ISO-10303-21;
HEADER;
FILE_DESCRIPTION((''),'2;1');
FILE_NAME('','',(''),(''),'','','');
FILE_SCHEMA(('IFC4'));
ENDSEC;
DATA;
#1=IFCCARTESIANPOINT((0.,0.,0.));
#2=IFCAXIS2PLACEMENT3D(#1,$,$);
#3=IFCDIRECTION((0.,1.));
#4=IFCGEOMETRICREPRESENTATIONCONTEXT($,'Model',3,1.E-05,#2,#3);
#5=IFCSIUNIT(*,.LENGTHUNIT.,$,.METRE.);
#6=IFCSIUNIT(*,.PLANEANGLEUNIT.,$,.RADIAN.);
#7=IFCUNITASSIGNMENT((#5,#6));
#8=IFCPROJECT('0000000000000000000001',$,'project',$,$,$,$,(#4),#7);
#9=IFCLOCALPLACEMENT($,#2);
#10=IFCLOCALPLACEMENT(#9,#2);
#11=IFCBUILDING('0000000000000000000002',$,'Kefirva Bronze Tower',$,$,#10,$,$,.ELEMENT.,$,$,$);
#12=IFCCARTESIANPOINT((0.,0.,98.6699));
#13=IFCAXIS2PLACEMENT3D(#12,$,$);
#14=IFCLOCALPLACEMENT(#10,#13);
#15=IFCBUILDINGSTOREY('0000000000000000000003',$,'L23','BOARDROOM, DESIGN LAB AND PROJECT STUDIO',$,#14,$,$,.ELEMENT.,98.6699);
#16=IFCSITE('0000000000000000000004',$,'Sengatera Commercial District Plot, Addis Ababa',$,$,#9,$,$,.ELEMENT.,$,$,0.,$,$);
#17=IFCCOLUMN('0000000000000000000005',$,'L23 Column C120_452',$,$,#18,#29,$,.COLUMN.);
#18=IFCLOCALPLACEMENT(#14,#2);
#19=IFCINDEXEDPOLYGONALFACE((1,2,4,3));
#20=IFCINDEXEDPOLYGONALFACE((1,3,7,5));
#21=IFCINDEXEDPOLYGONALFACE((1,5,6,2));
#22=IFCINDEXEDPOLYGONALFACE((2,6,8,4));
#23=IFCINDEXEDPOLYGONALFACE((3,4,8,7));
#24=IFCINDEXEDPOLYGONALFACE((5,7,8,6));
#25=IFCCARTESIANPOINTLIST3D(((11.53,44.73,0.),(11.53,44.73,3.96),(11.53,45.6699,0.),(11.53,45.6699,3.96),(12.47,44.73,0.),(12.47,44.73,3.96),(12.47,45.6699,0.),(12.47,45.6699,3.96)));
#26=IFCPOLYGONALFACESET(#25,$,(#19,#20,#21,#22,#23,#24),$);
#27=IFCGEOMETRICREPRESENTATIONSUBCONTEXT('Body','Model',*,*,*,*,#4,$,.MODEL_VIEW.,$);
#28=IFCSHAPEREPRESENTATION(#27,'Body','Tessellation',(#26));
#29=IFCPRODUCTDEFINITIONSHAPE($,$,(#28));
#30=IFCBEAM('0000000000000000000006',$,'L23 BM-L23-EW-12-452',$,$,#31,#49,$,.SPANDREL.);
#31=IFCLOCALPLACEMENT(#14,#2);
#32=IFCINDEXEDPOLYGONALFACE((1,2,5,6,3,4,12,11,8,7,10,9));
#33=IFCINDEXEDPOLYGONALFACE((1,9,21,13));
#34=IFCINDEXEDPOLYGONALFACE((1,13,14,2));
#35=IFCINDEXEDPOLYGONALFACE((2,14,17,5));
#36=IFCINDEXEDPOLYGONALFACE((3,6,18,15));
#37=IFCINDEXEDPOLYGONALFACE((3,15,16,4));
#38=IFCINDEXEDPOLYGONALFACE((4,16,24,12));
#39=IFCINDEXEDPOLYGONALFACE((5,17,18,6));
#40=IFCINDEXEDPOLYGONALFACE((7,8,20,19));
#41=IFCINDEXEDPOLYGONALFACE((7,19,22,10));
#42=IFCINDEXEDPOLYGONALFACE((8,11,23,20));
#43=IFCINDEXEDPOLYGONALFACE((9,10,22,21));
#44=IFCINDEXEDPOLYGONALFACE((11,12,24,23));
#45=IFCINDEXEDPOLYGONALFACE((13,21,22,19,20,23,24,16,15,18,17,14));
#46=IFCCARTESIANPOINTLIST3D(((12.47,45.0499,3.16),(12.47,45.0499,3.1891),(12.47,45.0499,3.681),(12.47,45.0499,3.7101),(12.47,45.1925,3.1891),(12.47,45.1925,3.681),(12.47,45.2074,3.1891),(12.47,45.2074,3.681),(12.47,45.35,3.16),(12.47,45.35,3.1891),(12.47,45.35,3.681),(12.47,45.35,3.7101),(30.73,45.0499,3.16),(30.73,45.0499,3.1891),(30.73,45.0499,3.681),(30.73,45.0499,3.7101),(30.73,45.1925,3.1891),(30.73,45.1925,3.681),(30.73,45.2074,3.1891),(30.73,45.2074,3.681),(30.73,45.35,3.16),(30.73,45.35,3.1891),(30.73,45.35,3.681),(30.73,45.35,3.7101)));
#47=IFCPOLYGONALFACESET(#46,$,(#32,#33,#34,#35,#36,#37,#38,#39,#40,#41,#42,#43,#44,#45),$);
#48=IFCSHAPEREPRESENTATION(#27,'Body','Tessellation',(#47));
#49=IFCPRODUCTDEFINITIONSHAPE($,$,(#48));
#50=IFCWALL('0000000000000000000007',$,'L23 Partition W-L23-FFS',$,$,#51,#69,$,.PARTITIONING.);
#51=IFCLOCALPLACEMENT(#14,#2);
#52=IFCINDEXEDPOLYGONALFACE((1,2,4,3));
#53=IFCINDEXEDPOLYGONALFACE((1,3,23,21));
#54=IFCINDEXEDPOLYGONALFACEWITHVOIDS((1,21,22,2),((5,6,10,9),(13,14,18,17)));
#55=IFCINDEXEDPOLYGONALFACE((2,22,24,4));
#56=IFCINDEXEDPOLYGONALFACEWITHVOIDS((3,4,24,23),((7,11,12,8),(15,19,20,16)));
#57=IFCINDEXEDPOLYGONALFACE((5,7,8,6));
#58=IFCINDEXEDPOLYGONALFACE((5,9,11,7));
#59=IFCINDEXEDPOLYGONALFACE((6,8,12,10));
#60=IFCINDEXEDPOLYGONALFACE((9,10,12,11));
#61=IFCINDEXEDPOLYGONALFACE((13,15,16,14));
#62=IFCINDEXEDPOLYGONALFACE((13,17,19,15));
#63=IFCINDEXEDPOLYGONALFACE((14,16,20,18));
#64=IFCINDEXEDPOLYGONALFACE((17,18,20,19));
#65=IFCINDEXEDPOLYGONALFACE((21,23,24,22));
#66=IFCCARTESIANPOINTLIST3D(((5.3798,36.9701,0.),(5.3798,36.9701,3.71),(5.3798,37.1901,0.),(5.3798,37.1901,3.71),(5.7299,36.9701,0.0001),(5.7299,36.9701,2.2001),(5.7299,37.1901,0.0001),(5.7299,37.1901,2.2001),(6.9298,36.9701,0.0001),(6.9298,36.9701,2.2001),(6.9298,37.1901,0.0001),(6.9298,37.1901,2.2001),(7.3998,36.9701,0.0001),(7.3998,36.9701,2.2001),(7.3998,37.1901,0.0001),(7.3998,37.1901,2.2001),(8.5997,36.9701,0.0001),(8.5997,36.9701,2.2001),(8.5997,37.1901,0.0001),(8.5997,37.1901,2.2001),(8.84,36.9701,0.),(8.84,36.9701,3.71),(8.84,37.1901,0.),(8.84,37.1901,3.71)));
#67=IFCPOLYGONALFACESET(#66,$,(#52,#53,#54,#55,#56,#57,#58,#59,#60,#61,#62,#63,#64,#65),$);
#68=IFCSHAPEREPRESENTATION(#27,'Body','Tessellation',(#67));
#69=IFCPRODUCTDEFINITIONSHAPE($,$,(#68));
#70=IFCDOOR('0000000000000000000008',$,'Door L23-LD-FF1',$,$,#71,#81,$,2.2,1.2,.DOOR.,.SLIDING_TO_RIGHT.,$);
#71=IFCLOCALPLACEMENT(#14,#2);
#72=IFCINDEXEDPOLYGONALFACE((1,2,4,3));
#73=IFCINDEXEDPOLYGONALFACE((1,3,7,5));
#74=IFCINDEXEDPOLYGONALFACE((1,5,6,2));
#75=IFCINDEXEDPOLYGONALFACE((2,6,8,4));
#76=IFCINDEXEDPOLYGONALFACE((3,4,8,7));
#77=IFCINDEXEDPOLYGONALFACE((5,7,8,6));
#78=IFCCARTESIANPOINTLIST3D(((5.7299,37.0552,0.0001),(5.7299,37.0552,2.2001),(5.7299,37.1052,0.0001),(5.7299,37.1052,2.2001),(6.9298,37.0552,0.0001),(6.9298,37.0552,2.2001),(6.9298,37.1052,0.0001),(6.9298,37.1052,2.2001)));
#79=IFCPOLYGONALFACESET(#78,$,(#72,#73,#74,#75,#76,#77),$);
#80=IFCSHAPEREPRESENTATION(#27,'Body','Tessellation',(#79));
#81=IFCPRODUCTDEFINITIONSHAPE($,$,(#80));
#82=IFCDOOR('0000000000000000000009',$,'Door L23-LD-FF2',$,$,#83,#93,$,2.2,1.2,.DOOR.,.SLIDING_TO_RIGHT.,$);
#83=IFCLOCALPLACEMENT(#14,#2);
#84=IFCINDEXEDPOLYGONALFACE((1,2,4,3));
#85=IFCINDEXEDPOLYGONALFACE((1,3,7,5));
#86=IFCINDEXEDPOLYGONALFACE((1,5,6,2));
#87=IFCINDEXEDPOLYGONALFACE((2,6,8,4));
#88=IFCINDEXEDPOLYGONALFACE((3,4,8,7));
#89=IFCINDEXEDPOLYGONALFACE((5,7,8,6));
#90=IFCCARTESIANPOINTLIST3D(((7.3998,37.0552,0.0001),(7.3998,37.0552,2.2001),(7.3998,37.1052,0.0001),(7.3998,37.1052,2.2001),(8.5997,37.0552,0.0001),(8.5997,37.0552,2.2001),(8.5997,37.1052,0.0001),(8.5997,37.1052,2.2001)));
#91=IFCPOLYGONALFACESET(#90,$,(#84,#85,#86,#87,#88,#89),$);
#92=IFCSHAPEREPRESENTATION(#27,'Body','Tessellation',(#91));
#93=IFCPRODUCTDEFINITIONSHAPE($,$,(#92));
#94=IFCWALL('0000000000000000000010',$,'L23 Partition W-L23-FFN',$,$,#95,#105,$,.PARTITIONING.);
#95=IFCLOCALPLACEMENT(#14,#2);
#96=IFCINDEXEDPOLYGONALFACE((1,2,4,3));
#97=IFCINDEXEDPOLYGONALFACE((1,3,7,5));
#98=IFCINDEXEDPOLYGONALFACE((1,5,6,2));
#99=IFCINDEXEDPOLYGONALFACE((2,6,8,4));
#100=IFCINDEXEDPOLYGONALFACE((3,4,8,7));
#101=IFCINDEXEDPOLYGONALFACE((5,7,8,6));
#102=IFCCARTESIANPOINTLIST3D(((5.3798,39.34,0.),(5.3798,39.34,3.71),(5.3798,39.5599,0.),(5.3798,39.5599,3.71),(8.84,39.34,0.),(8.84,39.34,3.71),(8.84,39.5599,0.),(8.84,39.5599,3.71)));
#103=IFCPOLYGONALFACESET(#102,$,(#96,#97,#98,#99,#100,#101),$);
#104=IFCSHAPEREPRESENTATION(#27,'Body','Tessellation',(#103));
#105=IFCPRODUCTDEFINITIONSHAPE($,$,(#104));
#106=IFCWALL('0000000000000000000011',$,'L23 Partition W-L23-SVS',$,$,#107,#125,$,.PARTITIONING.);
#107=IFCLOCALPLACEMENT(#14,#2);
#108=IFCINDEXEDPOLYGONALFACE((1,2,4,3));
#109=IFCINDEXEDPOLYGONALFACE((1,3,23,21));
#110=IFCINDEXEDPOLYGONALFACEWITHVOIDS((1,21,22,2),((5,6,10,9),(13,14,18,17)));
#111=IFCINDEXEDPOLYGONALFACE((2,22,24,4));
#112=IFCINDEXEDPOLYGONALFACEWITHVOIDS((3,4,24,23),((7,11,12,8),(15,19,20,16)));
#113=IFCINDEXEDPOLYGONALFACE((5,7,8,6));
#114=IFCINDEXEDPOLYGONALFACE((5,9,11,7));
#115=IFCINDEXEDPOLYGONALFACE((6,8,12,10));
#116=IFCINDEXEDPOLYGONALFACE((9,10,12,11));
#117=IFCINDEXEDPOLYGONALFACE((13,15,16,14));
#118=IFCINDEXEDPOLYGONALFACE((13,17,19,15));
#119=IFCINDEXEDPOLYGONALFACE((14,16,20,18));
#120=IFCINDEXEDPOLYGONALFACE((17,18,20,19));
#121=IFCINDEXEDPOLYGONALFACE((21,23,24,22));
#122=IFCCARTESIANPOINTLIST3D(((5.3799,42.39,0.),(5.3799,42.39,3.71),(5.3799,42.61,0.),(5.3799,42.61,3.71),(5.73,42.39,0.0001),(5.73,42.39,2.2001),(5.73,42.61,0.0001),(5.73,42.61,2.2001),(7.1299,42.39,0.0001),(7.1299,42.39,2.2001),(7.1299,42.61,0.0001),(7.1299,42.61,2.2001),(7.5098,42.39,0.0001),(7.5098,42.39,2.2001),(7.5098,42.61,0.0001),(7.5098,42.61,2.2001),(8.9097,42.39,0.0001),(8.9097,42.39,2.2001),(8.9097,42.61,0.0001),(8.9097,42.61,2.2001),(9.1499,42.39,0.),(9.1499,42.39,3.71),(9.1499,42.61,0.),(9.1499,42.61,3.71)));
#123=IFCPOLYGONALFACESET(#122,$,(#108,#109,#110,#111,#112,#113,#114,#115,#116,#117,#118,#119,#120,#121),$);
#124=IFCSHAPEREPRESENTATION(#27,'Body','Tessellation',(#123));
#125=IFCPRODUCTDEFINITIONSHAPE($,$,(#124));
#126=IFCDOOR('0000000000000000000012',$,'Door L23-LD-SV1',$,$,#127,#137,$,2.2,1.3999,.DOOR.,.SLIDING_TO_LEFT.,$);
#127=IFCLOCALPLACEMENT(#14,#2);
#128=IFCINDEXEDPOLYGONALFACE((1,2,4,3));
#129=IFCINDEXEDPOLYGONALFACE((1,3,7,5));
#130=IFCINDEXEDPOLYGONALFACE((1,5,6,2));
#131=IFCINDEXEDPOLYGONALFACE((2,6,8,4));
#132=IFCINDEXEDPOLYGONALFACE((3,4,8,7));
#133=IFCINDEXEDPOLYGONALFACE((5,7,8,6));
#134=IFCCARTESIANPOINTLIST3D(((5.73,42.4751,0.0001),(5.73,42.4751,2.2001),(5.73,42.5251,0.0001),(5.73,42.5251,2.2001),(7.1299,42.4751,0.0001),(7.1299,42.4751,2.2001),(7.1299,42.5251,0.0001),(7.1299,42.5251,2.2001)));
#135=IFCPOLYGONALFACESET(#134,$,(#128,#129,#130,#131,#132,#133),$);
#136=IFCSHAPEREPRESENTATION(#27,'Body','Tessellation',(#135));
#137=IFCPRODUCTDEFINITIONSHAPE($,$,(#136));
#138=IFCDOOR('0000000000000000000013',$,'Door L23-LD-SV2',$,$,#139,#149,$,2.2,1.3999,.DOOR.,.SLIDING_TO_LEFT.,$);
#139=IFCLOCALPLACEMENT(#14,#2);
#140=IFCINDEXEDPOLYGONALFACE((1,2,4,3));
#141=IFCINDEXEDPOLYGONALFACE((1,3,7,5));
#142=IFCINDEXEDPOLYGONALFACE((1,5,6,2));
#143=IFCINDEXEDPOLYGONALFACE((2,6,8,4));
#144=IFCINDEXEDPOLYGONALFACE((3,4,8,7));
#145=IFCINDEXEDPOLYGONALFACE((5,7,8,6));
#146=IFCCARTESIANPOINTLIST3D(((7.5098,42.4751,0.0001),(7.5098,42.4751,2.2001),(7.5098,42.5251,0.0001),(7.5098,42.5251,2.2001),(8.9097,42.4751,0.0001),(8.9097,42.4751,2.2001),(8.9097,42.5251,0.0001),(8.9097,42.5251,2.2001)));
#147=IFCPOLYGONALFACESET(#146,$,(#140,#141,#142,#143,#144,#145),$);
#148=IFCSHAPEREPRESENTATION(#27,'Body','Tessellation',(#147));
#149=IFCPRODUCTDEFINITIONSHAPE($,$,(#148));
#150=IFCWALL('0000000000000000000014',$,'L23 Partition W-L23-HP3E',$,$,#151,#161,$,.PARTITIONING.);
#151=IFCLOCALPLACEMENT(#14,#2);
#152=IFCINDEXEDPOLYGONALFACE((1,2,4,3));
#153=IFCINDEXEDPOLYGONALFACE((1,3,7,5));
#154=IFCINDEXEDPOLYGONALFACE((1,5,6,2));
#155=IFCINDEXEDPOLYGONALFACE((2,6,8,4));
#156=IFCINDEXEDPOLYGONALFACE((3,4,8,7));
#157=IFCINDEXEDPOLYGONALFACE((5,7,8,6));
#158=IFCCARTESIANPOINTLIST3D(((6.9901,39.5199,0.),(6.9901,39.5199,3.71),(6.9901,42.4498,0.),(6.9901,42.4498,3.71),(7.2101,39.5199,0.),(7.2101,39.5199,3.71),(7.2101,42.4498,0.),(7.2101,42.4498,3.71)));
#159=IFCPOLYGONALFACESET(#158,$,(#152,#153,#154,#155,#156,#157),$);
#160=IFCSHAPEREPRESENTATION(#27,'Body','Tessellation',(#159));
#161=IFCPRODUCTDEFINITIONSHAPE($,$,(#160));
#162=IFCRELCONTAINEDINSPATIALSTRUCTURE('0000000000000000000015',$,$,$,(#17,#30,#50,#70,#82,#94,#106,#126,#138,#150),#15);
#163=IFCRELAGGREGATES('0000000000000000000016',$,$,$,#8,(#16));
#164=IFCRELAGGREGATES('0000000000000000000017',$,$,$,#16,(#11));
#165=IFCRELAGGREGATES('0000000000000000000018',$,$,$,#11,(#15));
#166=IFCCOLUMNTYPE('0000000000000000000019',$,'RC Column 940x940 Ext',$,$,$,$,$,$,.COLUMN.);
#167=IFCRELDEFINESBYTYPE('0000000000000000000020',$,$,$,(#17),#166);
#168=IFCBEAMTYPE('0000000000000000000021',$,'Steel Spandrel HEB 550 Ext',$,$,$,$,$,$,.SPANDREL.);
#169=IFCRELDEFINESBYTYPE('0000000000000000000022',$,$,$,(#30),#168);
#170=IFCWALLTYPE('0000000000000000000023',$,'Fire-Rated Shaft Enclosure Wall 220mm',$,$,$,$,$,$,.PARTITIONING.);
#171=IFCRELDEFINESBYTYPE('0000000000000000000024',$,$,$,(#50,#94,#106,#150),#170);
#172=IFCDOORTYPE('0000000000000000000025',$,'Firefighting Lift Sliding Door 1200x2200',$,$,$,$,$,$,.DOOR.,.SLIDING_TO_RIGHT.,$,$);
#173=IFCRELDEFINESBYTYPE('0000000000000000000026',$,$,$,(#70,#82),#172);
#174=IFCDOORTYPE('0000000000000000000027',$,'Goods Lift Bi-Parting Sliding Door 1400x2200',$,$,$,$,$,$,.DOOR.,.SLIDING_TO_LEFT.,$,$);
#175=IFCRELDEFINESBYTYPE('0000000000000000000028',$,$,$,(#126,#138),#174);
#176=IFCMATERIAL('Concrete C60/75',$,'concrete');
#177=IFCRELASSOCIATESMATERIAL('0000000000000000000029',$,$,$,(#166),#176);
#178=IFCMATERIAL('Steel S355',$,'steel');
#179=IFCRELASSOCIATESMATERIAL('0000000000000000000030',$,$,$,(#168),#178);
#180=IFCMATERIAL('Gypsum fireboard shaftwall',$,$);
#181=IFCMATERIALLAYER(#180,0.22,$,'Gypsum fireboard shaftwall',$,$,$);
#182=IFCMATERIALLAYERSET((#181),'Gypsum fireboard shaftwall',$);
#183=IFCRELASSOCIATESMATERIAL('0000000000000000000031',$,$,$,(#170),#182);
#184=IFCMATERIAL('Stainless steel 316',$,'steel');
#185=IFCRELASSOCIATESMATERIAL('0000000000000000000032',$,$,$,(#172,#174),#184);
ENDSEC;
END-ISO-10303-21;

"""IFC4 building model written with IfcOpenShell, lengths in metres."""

from ifc_helpers import new_model, si_unit, direction, frame, frame_2d, origin, origin_2d, place, context, subcontext, project, spatial, rectangle, i_section, extrude, material, layer, layer_set, material_profile, profile_set, type_object, element, fill, save


model = new_model("IFC4")

# Units and contexts
model_context = context("Model", 3, precision=1e-05, world=origin(), true_north=direction((0.0, 1.0)))
body_context = subcontext(model_context, "Body", "Model", "MODEL_VIEW")
ifc_project = project(units=[si_unit("LENGTHUNIT", "METRE"), si_unit("PLANEANGLEUNIT", "RADIAN")], contexts=[model_context])

# Site, building, storey
site_placement = place(None, origin())
site = spatial("IfcSite", under=ifc_project, at=site_placement, Name="Sengatera Commercial District Plot, Addis Ababa", CompositionType="ELEMENT", RefElevation=0.0)
building_placement = place(site_placement, origin())
building = spatial("IfcBuilding", under=site, at=building_placement, Name="Kefirva Bronze Tower", CompositionType="ELEMENT")
storey_placement = place(building_placement, frame((0.0, 0.0, 98.6699)))
storey = spatial("IfcBuildingStorey", under=building, at=storey_placement, Name="L23", Description="BOARDROOM, DESIGN LAB AND PROJECT STUDIO", CompositionType="ELEMENT", Elevation=98.6699)

# Column
ifc_material_1 = material(Name="Concrete C60/75", Category="concrete")
ifc_material_profile_1 = material_profile(ifc_material_1, rectangle(XDim=0.9399, YDim=0.9399, at=origin_2d()), Name="RC 940x940")
ifc_profile_set_1 = profile_set([ifc_material_profile_1], Name="Concrete C60/75")
column_type = type_object("IfcColumnType", Name="RC Column 940x940 Ext", PredefinedType="COLUMN", material=ifc_profile_set_1)
column_placement = place(storey_placement, frame((12.0, 45.2, 0.0), z_axis=(0.0, 0.0, 1.0), x_axis=(1.0, 0.0, 0.0)))
element("IfcColumn", 1, at=column_placement, inside=storey, type_object=column_type, Name="L23 Column C120_452", PredefinedType="COLUMN", context=body_context, shape_type="SweptSolid", body=[
    extrude(rectangle(XDim=0.9399, YDim=0.9399, at=origin_2d()), origin(), (0.0, 0.0, 1.0), 3.96),
])

# Beam
ifc_material_2 = material(Name="Steel S355", Category="steel")
ifc_material_profile_2 = material_profile(ifc_material_2, i_section(OverallWidth=0.3, OverallDepth=0.55, WebThickness=0.0149, FlangeThickness=0.0291, at=origin_2d()), Name="HEB 550")
ifc_profile_set_2 = profile_set([ifc_material_profile_2], Name="Steel S355")
beam_type = type_object("IfcBeamType", Name="Steel Spandrel HEB 550 Ext", PredefinedType="SPANDREL", material=ifc_profile_set_2)
beam_placement = place(storey_placement, frame((12.47, 45.2, 3.4351), z_axis=(1.0, 0.0, 0.0), x_axis=(0.0, 1.0, 0.0)))
element("IfcBeam", 2, at=beam_placement, inside=storey, type_object=beam_type, Name="L23 BM-L23-EW-12-452", PredefinedType="SPANDREL", context=body_context, shape_type="SweptSolid", body=[
    extrude(i_section(OverallWidth=0.3, OverallDepth=0.55, WebThickness=0.0149, FlangeThickness=0.0291, at=origin_2d()), origin(), (0.0, 0.0, 1.0), 18.26),
])

# Wall, openings, doors
ifc_material_3 = material(Name="Gypsum fireboard shaftwall")
ifc_layer_1 = layer(ifc_material_3, 0.22, Name="Gypsum fireboard shaftwall")
ifc_layer_set_1 = layer_set([ifc_layer_1], Name="Gypsum fireboard shaftwall")
wall_type_1 = type_object("IfcWallType", Name="Fire-Rated Shaft Enclosure Wall 220mm", PredefinedType="PARTITIONING", material=ifc_layer_set_1)
wall_1_placement = place(storey_placement, frame((5.3799, 37.0801, 0.0), z_axis=(0.0, 0.0, 1.0), x_axis=(1.0, 0.0, 0.0)))
wall_1 = element("IfcWall", 3, at=wall_1_placement, inside=storey, type_object=wall_type_1, Name="L23 Partition W-L23-FFS", PredefinedType="PARTITIONING", context=body_context, shape_type="SweptSolid", body=[
    extrude(rectangle(XDim=3.4602, YDim=0.22, at=frame_2d((1.73, 0.0))), origin(), (0.0, 0.0, 1.0), 3.71),
])
opening_1_placement = place(wall_1_placement, frame((1.55, 0.0, 0.0), z_axis=(0.0, 0.0, 1.0), x_axis=(-1.0, 0.0, 0.0)))
opening_1 = element("IfcOpeningElement", 4, at=opening_1_placement, cuts=wall_1, PredefinedType="OPENING", context=body_context, shape_type="SweptSolid", body=[
    extrude(rectangle(XDim=1.2, YDim=2.2, at=frame_2d((0.6001, 1.1001))), frame((0.0, 0.1201, 0.0), z_axis=(0.0, -1.0, 0.0), x_axis=(1.0, 0.0, 0.0)), (0.0, 0.0, 1.0), 0.24),
])
opening_2_placement = place(wall_1_placement, frame((3.22, 0.0, 0.0), z_axis=(0.0, 0.0, 1.0), x_axis=(-1.0, 0.0, 0.0)))
opening_2 = element("IfcOpeningElement", 5, at=opening_2_placement, cuts=wall_1, PredefinedType="OPENING", context=body_context, shape_type="SweptSolid", body=[
    extrude(rectangle(XDim=1.2, YDim=2.2, at=frame_2d((0.6001, 1.1001))), frame((0.0, 0.1201, 0.0), z_axis=(0.0, -1.0, 0.0), x_axis=(1.0, 0.0, 0.0)), (0.0, 0.0, 1.0), 0.24),
])
ifc_material_4 = material(Name="Stainless steel 316", Category="steel")
door_type_1 = type_object("IfcDoorType", Name="Firefighting Lift Sliding Door 1200x2200", OperationType="SLIDING_TO_RIGHT", PredefinedType="DOOR", material=ifc_material_4)
door_1_placement = place(opening_1_placement, origin())
door_1 = element("IfcDoor", 6, at=door_1_placement, inside=storey, type_object=door_type_1, Name="Door L23-LD-FF1", OperationType="SLIDING_TO_RIGHT", OverallHeight=2.2, OverallWidth=1.2, PredefinedType="DOOR", context=body_context, shape_type="SweptSolid", body=[
    extrude(rectangle(XDim=1.2, YDim=2.2, at=frame_2d((0.6001, 1.1001))), frame((0.0, 0.0249, 0.0), z_axis=(0.0, -1.0, 0.0), x_axis=(1.0, 0.0, 0.0)), (0.0, 0.0, 1.0), 0.05),
])
fill(opening_1, door_1)
door_2_placement = place(opening_2_placement, origin())
door_2 = element("IfcDoor", 7, at=door_2_placement, inside=storey, type_object=door_type_1, Name="Door L23-LD-FF2", OperationType="SLIDING_TO_RIGHT", OverallHeight=2.2, OverallWidth=1.2, PredefinedType="DOOR", context=body_context, shape_type="SweptSolid", body=[
    extrude(rectangle(XDim=1.2, YDim=2.2, at=frame_2d((0.6001, 1.1001))), frame((0.0, 0.0249, 0.0), z_axis=(0.0, -1.0, 0.0), x_axis=(1.0, 0.0, 0.0)), (0.0, 0.0, 1.0), 0.05),
])
fill(opening_2, door_2)

# Wall
wall_2_placement = place(storey_placement, frame((5.3799, 39.45, 0.0), z_axis=(0.0, 0.0, 1.0), x_axis=(1.0, 0.0, 0.0)))
element("IfcWall", 8, at=wall_2_placement, inside=storey, type_object=wall_type_1, Name="L23 Partition W-L23-FFN", PredefinedType="PARTITIONING", context=body_context, shape_type="SweptSolid", body=[
    extrude(rectangle(XDim=3.4602, YDim=0.22, at=frame_2d((1.73, 0.0))), origin(), (0.0, 0.0, 1.0), 3.71),
])

# Wall, openings, doors
wall_3_placement = place(storey_placement, frame((5.3799, 42.5, 0.0), z_axis=(0.0, 0.0, 1.0), x_axis=(1.0, 0.0, 0.0)))
wall_3 = element("IfcWall", 9, at=wall_3_placement, inside=storey, type_object=wall_type_1, Name="L23 Partition W-L23-SVS", PredefinedType="PARTITIONING", context=body_context, shape_type="SweptSolid", body=[
    extrude(rectangle(XDim=3.77, YDim=0.22, at=frame_2d((1.885, 0.0))), origin(), (0.0, 0.0, 1.0), 3.71),
])
opening_3_placement = place(wall_3_placement, frame((1.75, 0.0, 0.0), z_axis=(0.0, 0.0, 1.0), x_axis=(-1.0, 0.0, 0.0)))
opening_3 = element("IfcOpeningElement", 10, at=opening_3_placement, cuts=wall_3, PredefinedType="OPENING", context=body_context, shape_type="SweptSolid", body=[
    extrude(rectangle(XDim=1.3999, YDim=2.2, at=frame_2d((0.7, 1.1001))), frame((0.0, 0.1201, 0.0), z_axis=(0.0, -1.0, 0.0), x_axis=(1.0, 0.0, 0.0)), (0.0, 0.0, 1.0), 0.24),
])
opening_4_placement = place(wall_3_placement, frame((3.5298, 0.0, 0.0), z_axis=(0.0, 0.0, 1.0), x_axis=(-1.0, 0.0, 0.0)))
opening_4 = element("IfcOpeningElement", 11, at=opening_4_placement, cuts=wall_3, PredefinedType="OPENING", context=body_context, shape_type="SweptSolid", body=[
    extrude(rectangle(XDim=1.3999, YDim=2.2, at=frame_2d((0.7, 1.1001))), frame((0.0, 0.1201, 0.0), z_axis=(0.0, -1.0, 0.0), x_axis=(1.0, 0.0, 0.0)), (0.0, 0.0, 1.0), 0.24),
])
door_type_2 = type_object("IfcDoorType", Name="Goods Lift Bi-Parting Sliding Door 1400x2200", OperationType="SLIDING_TO_LEFT", PredefinedType="DOOR", material=ifc_material_4)
door_3_placement = place(opening_3_placement, origin())
door_3 = element("IfcDoor", 12, at=door_3_placement, inside=storey, type_object=door_type_2, Name="Door L23-LD-SV1", OperationType="SLIDING_TO_LEFT", OverallHeight=2.2, OverallWidth=1.3999, PredefinedType="DOOR", context=body_context, shape_type="SweptSolid", body=[
    extrude(rectangle(XDim=1.3999, YDim=2.2, at=frame_2d((0.7, 1.1001))), frame((0.0, 0.0249, 0.0), z_axis=(0.0, -1.0, 0.0), x_axis=(1.0, 0.0, 0.0)), (0.0, 0.0, 1.0), 0.05),
])
fill(opening_3, door_3)
door_4_placement = place(opening_4_placement, origin())
door_4 = element("IfcDoor", 13, at=door_4_placement, inside=storey, type_object=door_type_2, Name="Door L23-LD-SV2", OperationType="SLIDING_TO_LEFT", OverallHeight=2.2, OverallWidth=1.3999, PredefinedType="DOOR", context=body_context, shape_type="SweptSolid", body=[
    extrude(rectangle(XDim=1.3999, YDim=2.2, at=frame_2d((0.7, 1.1001))), frame((0.0, 0.0249, 0.0), z_axis=(0.0, -1.0, 0.0), x_axis=(1.0, 0.0, 0.0)), (0.0, 0.0, 1.0), 0.05),
])
fill(opening_4, door_4)

# Wall
wall_4_placement = place(storey_placement, frame((7.1001, 39.52, 0.0), z_axis=(0.0, 0.0, 1.0), x_axis=(0.0, 1.0, 0.0)))
element("IfcWall", 14, at=wall_4_placement, inside=storey, type_object=wall_type_1, Name="L23 Partition W-L23-HP3E", PredefinedType="PARTITIONING", context=body_context, shape_type="SweptSolid", body=[
    extrude(rectangle(XDim=2.9299, YDim=0.22, at=frame_2d((1.4648, 0.0))), origin(), (0.0, 0.0, 1.0), 3.71),
])

save(model, "model.ifc")
